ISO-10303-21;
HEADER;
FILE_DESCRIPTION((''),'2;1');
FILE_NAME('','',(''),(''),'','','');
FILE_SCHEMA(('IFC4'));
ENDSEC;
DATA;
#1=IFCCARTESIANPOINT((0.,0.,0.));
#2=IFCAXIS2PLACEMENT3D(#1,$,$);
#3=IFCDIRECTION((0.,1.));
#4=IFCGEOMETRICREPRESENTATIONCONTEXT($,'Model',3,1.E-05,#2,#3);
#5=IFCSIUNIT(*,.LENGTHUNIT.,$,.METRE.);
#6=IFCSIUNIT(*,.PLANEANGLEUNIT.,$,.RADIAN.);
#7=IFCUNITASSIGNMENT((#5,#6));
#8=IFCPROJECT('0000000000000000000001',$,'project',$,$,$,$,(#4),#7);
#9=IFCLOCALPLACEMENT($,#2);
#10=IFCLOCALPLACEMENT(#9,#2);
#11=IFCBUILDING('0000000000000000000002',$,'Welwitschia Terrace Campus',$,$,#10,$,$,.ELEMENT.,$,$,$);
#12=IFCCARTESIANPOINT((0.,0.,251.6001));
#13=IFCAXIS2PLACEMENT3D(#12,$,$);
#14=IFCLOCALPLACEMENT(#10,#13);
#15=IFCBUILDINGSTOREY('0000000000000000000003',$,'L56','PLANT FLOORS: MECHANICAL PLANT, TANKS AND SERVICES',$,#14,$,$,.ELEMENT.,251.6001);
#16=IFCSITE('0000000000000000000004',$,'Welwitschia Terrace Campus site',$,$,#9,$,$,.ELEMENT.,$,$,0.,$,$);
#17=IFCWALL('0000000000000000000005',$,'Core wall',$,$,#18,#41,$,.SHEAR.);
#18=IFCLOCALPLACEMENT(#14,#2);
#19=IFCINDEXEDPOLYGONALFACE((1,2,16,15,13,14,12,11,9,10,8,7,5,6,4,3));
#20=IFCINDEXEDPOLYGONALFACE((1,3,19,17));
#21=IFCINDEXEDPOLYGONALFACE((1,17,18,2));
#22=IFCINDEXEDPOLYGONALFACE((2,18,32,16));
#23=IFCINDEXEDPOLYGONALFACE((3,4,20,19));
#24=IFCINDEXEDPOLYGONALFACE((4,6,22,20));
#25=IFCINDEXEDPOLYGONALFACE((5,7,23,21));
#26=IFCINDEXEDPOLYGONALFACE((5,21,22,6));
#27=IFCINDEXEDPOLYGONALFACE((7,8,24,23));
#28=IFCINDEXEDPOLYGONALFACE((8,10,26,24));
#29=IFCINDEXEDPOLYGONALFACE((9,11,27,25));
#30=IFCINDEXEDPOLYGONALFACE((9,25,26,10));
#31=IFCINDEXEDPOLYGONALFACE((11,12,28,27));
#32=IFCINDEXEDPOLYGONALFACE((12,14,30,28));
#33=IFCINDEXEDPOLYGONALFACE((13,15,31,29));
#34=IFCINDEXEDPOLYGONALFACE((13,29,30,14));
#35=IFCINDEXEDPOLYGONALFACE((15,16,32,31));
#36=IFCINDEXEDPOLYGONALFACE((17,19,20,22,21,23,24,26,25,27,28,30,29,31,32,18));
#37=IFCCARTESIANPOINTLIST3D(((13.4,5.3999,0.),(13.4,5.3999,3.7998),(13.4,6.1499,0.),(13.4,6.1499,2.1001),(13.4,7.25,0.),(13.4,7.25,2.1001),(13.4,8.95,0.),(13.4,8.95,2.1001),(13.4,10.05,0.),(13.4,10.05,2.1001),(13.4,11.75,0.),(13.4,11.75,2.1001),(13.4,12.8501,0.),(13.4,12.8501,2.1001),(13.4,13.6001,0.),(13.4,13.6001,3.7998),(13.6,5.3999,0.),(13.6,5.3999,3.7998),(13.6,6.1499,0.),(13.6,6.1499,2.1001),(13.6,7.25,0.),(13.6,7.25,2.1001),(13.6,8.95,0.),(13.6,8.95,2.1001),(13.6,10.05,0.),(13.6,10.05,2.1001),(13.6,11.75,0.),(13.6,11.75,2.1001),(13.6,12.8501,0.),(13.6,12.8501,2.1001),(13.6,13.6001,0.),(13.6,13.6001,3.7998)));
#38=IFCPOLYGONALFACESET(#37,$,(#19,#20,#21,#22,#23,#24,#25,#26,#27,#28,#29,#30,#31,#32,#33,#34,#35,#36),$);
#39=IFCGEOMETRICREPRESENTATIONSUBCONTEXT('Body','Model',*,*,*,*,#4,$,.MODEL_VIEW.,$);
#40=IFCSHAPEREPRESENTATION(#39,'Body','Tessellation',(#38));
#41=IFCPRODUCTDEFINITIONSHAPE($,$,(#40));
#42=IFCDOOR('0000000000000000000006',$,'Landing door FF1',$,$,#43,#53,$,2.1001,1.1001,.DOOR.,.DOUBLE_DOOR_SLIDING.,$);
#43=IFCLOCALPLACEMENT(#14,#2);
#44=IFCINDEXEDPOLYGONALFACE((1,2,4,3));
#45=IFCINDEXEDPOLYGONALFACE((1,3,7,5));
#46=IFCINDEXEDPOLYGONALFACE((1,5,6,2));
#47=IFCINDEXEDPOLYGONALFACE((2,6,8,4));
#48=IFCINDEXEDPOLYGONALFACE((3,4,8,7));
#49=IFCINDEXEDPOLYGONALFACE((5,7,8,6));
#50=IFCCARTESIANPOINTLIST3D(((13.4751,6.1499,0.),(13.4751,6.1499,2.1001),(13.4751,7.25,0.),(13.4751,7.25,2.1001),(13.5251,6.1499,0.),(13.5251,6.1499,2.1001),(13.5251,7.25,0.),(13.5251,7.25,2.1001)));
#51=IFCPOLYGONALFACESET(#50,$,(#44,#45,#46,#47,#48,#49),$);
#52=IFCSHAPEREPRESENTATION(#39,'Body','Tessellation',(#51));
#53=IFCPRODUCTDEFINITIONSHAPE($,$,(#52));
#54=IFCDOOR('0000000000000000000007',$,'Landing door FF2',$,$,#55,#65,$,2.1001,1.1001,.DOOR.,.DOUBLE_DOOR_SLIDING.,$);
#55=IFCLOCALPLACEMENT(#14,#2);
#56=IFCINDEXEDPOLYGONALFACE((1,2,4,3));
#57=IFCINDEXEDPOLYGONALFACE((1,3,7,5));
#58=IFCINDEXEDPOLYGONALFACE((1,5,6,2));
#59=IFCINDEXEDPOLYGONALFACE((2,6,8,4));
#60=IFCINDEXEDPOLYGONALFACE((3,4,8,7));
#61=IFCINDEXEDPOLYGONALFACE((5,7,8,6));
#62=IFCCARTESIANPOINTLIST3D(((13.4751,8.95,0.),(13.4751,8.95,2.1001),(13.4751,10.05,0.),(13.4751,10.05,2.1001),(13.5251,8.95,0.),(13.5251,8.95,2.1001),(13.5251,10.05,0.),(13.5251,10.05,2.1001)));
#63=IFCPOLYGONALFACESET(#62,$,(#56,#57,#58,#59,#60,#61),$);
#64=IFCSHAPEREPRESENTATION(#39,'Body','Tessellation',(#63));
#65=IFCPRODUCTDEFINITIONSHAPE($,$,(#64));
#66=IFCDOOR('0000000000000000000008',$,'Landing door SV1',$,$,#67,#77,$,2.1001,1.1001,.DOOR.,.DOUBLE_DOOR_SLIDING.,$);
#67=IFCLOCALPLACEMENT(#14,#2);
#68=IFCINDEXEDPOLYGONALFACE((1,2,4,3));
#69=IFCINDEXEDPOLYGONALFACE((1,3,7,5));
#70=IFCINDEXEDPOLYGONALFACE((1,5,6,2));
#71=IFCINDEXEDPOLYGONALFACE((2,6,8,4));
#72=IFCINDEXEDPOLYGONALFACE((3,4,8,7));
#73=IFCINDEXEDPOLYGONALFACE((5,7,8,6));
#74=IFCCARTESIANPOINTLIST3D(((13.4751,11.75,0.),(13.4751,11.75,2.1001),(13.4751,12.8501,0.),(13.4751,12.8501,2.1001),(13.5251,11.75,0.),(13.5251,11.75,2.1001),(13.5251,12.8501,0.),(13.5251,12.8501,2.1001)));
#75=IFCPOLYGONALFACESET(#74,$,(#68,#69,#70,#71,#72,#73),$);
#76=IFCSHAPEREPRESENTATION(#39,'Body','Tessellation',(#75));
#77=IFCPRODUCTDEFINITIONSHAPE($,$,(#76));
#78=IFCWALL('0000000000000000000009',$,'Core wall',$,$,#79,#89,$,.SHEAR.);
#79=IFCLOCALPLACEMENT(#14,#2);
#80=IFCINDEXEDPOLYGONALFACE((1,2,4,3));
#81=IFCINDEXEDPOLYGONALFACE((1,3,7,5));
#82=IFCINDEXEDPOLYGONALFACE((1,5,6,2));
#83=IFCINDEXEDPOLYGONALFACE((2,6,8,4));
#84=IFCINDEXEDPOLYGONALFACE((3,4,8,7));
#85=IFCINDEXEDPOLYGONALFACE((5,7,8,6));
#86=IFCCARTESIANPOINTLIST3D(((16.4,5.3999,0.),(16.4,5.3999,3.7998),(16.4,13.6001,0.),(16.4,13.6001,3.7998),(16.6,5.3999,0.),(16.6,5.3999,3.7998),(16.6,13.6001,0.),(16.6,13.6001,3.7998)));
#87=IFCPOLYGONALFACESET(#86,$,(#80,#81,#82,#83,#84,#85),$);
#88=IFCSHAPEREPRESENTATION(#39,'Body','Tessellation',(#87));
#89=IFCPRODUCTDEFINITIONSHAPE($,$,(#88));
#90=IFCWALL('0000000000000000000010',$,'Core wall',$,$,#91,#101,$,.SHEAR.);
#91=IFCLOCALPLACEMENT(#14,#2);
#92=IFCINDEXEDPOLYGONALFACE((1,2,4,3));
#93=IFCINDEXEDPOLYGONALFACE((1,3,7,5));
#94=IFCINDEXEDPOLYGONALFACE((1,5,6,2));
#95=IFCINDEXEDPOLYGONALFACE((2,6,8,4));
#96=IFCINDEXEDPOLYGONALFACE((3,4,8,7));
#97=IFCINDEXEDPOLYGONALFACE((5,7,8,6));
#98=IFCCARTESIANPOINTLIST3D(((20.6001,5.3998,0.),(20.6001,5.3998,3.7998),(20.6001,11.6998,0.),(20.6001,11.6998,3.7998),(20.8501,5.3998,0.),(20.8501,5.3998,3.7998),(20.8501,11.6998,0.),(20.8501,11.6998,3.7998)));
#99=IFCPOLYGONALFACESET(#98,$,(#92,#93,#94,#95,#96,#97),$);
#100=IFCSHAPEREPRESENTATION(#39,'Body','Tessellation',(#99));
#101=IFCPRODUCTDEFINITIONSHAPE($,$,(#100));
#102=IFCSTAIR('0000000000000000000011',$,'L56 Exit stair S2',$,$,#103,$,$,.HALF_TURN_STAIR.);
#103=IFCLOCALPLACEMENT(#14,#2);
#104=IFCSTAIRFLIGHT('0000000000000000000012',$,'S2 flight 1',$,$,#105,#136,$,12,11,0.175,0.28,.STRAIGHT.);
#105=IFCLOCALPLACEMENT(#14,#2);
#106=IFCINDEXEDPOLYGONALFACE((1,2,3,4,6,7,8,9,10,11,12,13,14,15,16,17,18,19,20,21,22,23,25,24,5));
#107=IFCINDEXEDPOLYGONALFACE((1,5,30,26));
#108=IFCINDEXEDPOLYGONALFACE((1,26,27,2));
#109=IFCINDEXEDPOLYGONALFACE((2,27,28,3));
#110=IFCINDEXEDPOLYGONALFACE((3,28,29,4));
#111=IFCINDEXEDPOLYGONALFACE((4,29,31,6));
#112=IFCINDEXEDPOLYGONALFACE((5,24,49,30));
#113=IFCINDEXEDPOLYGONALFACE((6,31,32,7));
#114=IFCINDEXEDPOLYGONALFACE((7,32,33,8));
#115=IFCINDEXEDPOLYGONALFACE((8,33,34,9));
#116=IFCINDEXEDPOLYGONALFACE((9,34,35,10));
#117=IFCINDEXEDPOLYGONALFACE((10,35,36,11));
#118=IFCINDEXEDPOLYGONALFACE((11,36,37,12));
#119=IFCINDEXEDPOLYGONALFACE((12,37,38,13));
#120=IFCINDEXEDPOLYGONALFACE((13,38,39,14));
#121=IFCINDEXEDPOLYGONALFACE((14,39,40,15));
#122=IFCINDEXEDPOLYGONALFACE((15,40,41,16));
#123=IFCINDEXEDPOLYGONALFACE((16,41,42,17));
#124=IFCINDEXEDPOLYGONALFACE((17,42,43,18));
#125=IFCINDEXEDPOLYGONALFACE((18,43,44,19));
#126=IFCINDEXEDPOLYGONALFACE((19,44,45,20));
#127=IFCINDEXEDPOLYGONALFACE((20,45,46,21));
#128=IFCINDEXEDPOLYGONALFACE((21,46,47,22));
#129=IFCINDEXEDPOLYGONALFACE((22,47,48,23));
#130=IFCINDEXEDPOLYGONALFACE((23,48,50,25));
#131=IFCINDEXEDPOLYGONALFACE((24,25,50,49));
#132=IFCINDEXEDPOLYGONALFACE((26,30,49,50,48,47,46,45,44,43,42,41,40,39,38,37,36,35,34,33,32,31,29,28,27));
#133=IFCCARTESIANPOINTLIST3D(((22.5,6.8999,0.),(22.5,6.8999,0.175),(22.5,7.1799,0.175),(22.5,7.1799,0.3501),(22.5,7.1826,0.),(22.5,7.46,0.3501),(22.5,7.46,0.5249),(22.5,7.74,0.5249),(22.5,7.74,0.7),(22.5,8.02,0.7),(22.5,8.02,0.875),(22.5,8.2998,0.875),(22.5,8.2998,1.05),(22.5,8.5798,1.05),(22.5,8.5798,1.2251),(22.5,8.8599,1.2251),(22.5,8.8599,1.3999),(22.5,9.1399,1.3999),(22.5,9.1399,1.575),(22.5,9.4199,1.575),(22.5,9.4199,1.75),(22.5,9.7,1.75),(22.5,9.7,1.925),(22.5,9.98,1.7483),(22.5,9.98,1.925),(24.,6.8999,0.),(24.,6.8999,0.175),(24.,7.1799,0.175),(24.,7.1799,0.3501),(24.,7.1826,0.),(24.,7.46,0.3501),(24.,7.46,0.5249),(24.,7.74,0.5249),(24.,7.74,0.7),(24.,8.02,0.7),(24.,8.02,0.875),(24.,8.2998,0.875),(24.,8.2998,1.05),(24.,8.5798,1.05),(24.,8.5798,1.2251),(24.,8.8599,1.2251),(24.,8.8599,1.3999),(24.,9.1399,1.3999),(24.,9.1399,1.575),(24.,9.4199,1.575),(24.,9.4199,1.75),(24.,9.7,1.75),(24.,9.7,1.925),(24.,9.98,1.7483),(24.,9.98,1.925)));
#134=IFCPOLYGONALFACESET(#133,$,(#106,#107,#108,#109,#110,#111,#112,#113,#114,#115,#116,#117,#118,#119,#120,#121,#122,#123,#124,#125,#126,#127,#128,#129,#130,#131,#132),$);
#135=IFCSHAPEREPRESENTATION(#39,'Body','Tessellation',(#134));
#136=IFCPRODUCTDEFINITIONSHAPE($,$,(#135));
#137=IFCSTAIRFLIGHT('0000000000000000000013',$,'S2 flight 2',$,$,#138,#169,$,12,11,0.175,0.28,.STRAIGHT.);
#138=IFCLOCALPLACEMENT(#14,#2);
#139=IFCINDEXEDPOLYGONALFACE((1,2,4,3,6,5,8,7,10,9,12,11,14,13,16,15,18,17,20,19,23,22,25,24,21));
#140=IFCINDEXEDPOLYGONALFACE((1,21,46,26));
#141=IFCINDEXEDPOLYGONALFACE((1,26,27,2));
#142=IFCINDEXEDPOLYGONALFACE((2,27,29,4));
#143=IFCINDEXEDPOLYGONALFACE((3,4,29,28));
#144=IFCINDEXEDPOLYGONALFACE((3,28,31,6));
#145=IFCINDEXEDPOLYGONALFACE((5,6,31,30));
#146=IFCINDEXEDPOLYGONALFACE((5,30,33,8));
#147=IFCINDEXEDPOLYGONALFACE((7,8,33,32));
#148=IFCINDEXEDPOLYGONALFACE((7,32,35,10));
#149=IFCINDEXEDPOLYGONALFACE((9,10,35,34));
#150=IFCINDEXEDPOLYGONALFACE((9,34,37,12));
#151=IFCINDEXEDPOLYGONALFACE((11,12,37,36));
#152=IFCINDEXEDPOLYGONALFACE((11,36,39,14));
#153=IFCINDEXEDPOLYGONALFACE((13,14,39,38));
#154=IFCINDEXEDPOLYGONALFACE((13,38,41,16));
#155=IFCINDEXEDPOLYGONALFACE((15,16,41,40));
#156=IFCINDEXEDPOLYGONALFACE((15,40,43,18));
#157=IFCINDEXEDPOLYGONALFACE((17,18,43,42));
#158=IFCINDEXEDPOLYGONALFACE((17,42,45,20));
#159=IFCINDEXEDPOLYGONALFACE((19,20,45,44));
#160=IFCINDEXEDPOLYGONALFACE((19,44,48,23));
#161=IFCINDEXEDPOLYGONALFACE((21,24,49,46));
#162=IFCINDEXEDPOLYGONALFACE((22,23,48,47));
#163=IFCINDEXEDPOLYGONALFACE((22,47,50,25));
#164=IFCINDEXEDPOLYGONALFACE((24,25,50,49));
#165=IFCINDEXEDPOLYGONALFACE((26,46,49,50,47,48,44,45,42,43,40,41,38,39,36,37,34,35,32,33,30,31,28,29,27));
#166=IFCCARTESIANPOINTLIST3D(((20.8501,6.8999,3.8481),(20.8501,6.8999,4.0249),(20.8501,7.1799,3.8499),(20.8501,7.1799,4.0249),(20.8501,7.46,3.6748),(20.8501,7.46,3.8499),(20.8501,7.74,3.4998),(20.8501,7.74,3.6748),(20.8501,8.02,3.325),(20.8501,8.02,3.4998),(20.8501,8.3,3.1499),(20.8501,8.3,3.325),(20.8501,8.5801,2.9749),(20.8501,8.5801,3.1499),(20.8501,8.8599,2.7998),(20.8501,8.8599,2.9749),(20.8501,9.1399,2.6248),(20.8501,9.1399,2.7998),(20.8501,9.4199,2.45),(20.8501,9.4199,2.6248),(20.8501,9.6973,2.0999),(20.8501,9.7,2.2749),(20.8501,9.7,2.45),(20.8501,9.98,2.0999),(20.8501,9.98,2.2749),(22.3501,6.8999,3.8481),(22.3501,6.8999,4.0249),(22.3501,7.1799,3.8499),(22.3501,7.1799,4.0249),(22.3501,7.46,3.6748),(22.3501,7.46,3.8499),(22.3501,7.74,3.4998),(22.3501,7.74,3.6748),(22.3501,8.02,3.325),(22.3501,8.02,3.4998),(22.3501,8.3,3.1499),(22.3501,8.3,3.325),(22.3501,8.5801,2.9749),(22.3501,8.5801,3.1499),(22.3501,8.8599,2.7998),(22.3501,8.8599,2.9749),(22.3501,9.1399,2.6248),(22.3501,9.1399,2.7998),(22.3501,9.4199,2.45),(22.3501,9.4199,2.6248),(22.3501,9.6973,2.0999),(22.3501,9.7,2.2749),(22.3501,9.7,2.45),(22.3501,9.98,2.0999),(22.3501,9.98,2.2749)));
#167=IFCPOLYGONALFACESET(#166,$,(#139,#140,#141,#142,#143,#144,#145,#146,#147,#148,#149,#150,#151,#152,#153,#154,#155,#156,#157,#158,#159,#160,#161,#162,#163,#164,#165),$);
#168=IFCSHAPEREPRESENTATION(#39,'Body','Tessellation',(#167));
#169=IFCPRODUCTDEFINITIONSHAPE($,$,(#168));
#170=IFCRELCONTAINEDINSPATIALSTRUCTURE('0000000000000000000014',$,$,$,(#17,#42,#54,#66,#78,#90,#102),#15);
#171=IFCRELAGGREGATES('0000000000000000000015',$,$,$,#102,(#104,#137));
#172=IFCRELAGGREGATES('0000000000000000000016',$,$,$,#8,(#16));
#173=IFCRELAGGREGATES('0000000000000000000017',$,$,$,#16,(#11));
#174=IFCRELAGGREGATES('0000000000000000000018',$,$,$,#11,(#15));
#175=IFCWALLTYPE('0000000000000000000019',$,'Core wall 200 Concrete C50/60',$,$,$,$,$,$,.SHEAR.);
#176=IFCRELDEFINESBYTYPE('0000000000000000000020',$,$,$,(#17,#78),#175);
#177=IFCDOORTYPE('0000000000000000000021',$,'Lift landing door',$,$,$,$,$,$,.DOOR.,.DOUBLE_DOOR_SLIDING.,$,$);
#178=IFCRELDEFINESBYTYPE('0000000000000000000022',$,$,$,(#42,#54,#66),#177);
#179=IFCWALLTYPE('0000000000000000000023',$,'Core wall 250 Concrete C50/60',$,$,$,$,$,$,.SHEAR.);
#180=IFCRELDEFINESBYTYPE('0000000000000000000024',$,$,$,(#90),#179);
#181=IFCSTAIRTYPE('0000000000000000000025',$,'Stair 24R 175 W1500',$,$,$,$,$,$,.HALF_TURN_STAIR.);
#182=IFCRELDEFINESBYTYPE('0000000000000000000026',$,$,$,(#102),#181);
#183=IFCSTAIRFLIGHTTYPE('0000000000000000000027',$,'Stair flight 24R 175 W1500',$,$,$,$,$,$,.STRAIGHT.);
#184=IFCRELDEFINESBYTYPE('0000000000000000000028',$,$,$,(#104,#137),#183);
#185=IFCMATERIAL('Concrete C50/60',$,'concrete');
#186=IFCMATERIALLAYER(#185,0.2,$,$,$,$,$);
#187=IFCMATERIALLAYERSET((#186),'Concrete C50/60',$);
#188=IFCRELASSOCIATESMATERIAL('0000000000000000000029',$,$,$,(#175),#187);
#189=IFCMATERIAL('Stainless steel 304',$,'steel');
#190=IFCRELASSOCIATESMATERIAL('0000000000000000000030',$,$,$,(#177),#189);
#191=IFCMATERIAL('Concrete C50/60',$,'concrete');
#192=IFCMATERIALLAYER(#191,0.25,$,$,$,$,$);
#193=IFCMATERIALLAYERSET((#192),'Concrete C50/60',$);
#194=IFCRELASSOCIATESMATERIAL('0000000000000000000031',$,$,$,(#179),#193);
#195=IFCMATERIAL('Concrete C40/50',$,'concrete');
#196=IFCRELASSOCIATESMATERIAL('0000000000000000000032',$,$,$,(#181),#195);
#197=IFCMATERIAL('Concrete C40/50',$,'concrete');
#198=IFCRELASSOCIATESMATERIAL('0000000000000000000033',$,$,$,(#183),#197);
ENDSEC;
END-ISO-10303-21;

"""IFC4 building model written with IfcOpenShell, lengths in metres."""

from ifc_helpers import new_model, si_unit, direction, frame, frame_2d, origin, place, context, subcontext, project, spatial, polyline, rectangle, outline, extrude, material, layer, layer_set, type_object, element, fill, aggregate, save


model = new_model("IFC4")

# Units and contexts
model_context = context("Model", 3, precision=1e-05, world=origin(), true_north=direction((0.0, 1.0)))
body_context = subcontext(model_context, "Body", "Model", "MODEL_VIEW")
ifc_project = project(units=[si_unit("LENGTHUNIT", "METRE"), si_unit("PLANEANGLEUNIT", "RADIAN")], contexts=[model_context])

# Site, building, storey
site_placement = place(None, origin())
site = spatial("IfcSite", under=ifc_project, at=site_placement, Name="Welwitschia Terrace Campus site", CompositionType="ELEMENT", RefElevation=0.0)
building_placement = place(site_placement, origin())
building = spatial("IfcBuilding", under=site, at=building_placement, Name="Welwitschia Terrace Campus", CompositionType="ELEMENT")
storey_placement = place(building_placement, frame((0.0, 0.0, 251.6001)))
storey = spatial("IfcBuildingStorey", under=building, at=storey_placement, Name="L56", Description="PLANT FLOORS: MECHANICAL PLANT, TANKS AND SERVICES", CompositionType="ELEMENT", Elevation=251.6001)

# Shared definitions
ifc_material_1 = material(Name="Concrete C50/60", Category="concrete")
ifc_layer_1 = layer(ifc_material_1, 0.2)
ifc_layer_set_1 = layer_set([ifc_layer_1], Name="Concrete C50/60")
wall_type_1 = type_object("IfcWallType", Name="Core wall 200 Concrete C50/60", PredefinedType="SHEAR", material=ifc_layer_set_1)

# Wall, openings, doors
wall_1_placement = place(storey_placement, frame((13.5, 5.3999, 0.0), z_axis=(0.0, 0.0, 1.0), x_axis=(0.0, 1.0, 0.0)))
wall_1 = element("IfcWall", 1, at=wall_1_placement, inside=storey, type_object=wall_type_1, Name="Core wall", PredefinedType="SHEAR", context=body_context, shape_type="SweptSolid", body=[
    extrude(rectangle(XDim=8.2002, YDim=0.2, at=frame_2d((4.1001, 0.0))), origin(), (0.0, 0.0, 1.0), 3.7998),
])
opening_1_placement = place(wall_1_placement, frame((0.75, 0.0, 0.0)))
opening_1 = element("IfcOpeningElement", 2, at=opening_1_placement, cuts=wall_1, PredefinedType="OPENING", context=body_context, shape_type="SweptSolid", body=[
    extrude(rectangle(XDim=1.1001, YDim=2.1001, at=frame_2d((0.55, 1.05))), frame((0.0, 0.1099, 0.0), z_axis=(0.0, -1.0, 0.0), x_axis=(1.0, 0.0, 0.0)), (0.0, 0.0, 1.0), 0.22),
])
opening_2_placement = place(wall_1_placement, frame((3.55, 0.0, 0.0)))
opening_2 = element("IfcOpeningElement", 3, at=opening_2_placement, cuts=wall_1, PredefinedType="OPENING", context=body_context, shape_type="SweptSolid", body=[
    extrude(rectangle(XDim=1.1001, YDim=2.1001, at=frame_2d((0.55, 1.05))), frame((0.0, 0.1099, 0.0), z_axis=(0.0, -1.0, 0.0), x_axis=(1.0, 0.0, 0.0)), (0.0, 0.0, 1.0), 0.22),
])
opening_3_placement = place(wall_1_placement, frame((6.3501, 0.0, 0.0)))
opening_3 = element("IfcOpeningElement", 4, at=opening_3_placement, cuts=wall_1, PredefinedType="OPENING", context=body_context, shape_type="SweptSolid", body=[
    extrude(rectangle(XDim=1.1001, YDim=2.1001, at=frame_2d((0.55, 1.05))), frame((0.0, 0.1099, 0.0), z_axis=(0.0, -1.0, 0.0), x_axis=(1.0, 0.0, 0.0)), (0.0, 0.0, 1.0), 0.22),
])
ifc_material_2 = material(Name="Stainless steel 304", Category="steel")
door_type = type_object("IfcDoorType", Name="Lift landing door", OperationType="DOUBLE_DOOR_SLIDING", PredefinedType="DOOR", material=ifc_material_2)
door_1_placement = place(opening_1_placement, origin())
door_1 = element("IfcDoor", 5, at=door_1_placement, inside=storey, type_object=door_type, Name="Landing door FF1", OperationType="DOUBLE_DOOR_SLIDING", OverallHeight=2.1001, OverallWidth=1.1001, PredefinedType="DOOR", context=body_context, shape_type="SweptSolid", body=[
    extrude(rectangle(XDim=1.1001, YDim=2.1001, at=frame_2d((0.55, 1.05))), frame((0.0, 0.0249, 0.0), z_axis=(0.0, -1.0, 0.0), x_axis=(1.0, 0.0, 0.0)), (0.0, 0.0, 1.0), 0.05),
])
fill(opening_1, door_1)
door_2_placement = place(opening_2_placement, origin())
door_2 = element("IfcDoor", 6, at=door_2_placement, inside=storey, type_object=door_type, Name="Landing door FF2", OperationType="DOUBLE_DOOR_SLIDING", OverallHeight=2.1001, OverallWidth=1.1001, PredefinedType="DOOR", context=body_context, shape_type="SweptSolid", body=[
    extrude(rectangle(XDim=1.1001, YDim=2.1001, at=frame_2d((0.55, 1.05))), frame((0.0, 0.0249, 0.0), z_axis=(0.0, -1.0, 0.0), x_axis=(1.0, 0.0, 0.0)), (0.0, 0.0, 1.0), 0.05),
])
fill(opening_2, door_2)
door_3_placement = place(opening_3_placement, origin())
door_3 = element("IfcDoor", 7, at=door_3_placement, inside=storey, type_object=door_type, Name="Landing door SV1", OperationType="DOUBLE_DOOR_SLIDING", OverallHeight=2.1001, OverallWidth=1.1001, PredefinedType="DOOR", context=body_context, shape_type="SweptSolid", body=[
    extrude(rectangle(XDim=1.1001, YDim=2.1001, at=frame_2d((0.55, 1.05))), frame((0.0, 0.0249, 0.0), z_axis=(0.0, -1.0, 0.0), x_axis=(1.0, 0.0, 0.0)), (0.0, 0.0, 1.0), 0.05),
])
fill(opening_3, door_3)

# Walls
wall_2_placement = place(storey_placement, frame((16.5, 5.3999, 0.0), z_axis=(0.0, 0.0, 1.0), x_axis=(0.0, 1.0, 0.0)))
element("IfcWall", 8, at=wall_2_placement, inside=storey, type_object=wall_type_1, Name="Core wall", PredefinedType="SHEAR", context=body_context, shape_type="SweptSolid", body=[
    extrude(rectangle(XDim=8.2002, YDim=0.2, at=frame_2d((4.1001, 0.0))), origin(), (0.0, 0.0, 1.0), 3.7998),
])
ifc_material_3 = material(Name="Concrete C50/60", Category="concrete")
ifc_layer_2 = layer(ifc_material_3, 0.25)
ifc_layer_set_2 = layer_set([ifc_layer_2], Name="Concrete C50/60")
wall_type_2 = type_object("IfcWallType", Name="Core wall 250 Concrete C50/60", PredefinedType="SHEAR", material=ifc_layer_set_2)
wall_3_placement = place(storey_placement, frame((20.7251, 5.3999, 0.0), z_axis=(0.0, 0.0, 1.0), x_axis=(0.0, 1.0, 0.0)))
element("IfcWall", 9, at=wall_3_placement, inside=storey, type_object=wall_type_2, Name="Core wall", PredefinedType="SHEAR", context=body_context, shape_type="SweptSolid", body=[
    extrude(rectangle(XDim=6.3, YDim=0.25, at=frame_2d((3.1499, 0.0))), origin(), (0.0, 0.0, 1.0), 3.7998),
])

# Stair, stair flights
ifc_material_4 = material(Name="Concrete C40/50", Category="concrete")
stair_type = type_object("IfcStairType", Name="Stair 24R 175 W1500", PredefinedType="HALF_TURN_STAIR", material=ifc_material_4)
stair_placement = place(storey_placement, origin())
stair = element("IfcStair", 10, at=stair_placement, inside=storey, type_object=stair_type, Name="L56 Exit stair S2", PredefinedType="HALF_TURN_STAIR")
ifc_material_5 = material(Name="Concrete C40/50", Category="concrete")
stair_flight_type = type_object("IfcStairFlightType", Name="Stair flight 24R 175 W1500", PredefinedType="STRAIGHT", material=ifc_material_5)
stair_flight_1_placement = place(storey_placement, frame((23.25, 6.8999, 0.0), z_axis=(0.0, 0.0, 1.0), x_axis=(0.0, 1.0, 0.0)))
stair_flight_1 = element("IfcStairFlight", 11, at=stair_flight_1_placement, type_object=stair_flight_type, Name="S2 flight 1", NumberOfRisers=12, NumberOfTreads=11, PredefinedType="STRAIGHT", RiserHeight=0.175, TreadLength=0.28, context=body_context, shape_type="SweptSolid", body=[
    extrude(outline(polyline([(0.0, 0.0), (0.0, 0.175), (0.28, 0.175), (0.28, 0.3501), (0.5601, 0.3501), (0.5601, 0.5249), (0.8401, 0.5249), (0.8401, 0.7), (1.1201, 0.7), (1.1201, 0.875), (1.3999, 0.875), (1.3999, 1.05), (1.6799, 1.05), (1.6799, 1.2251), (1.96, 1.2251), (1.96, 1.3999), (2.24, 1.3999), (2.24, 1.575), (2.52, 1.575), (2.52, 1.75), (2.8, 1.75), (2.8, 1.925), (3.0801, 1.925), (3.0801, 2.1001), (3.0801, 1.7483), (0.2827, 0.0), (0.0, 0.0)])), frame((0.0, 0.75, 0.0), z_axis=(0.0, -1.0, 0.0), x_axis=(1.0, 0.0, 0.0)), (0.0, 0.0, 1.0), 1.5),
])
stair_flight_2_placement = place(storey_placement, frame((21.6001, 9.98, 2.0999), z_axis=(0.0, 0.0, 1.0), x_axis=(0.0, -1.0, 0.0)))
stair_flight_2 = element("IfcStairFlight", 12, at=stair_flight_2_placement, type_object=stair_flight_type, Name="S2 flight 2", NumberOfRisers=12, NumberOfTreads=11, PredefinedType="STRAIGHT", RiserHeight=0.175, TreadLength=0.28, context=body_context, shape_type="SweptSolid", body=[
    extrude(outline(polyline([(0.0, 0.0), (0.0, 0.175), (0.28, 0.175), (0.28, 0.3501), (0.5601, 0.3501), (0.5601, 0.5249), (0.8401, 0.5249), (0.8401, 0.7), (1.1201, 0.7), (1.1201, 0.875), (1.3999, 0.875), (1.3999, 1.05), (1.6799, 1.05), (1.6799, 1.2251), (1.96, 1.2251), (1.96, 1.3999), (2.24, 1.3999), (2.24, 1.575), (2.52, 1.575), (2.52, 1.75), (2.8, 1.75), (2.8, 1.925), (3.0801, 1.925), (3.0801, 2.1001), (3.0801, 1.7483), (0.2827, 0.0), (0.0, 0.0)])), frame((0.0, 0.75, 0.0), z_axis=(0.0, -1.0, 0.0), x_axis=(1.0, 0.0, 0.0)), (0.0, 0.0, 1.0), 1.5),
])
aggregate(stair, [stair_flight_1, stair_flight_2])

save(model, "model.ifc")
